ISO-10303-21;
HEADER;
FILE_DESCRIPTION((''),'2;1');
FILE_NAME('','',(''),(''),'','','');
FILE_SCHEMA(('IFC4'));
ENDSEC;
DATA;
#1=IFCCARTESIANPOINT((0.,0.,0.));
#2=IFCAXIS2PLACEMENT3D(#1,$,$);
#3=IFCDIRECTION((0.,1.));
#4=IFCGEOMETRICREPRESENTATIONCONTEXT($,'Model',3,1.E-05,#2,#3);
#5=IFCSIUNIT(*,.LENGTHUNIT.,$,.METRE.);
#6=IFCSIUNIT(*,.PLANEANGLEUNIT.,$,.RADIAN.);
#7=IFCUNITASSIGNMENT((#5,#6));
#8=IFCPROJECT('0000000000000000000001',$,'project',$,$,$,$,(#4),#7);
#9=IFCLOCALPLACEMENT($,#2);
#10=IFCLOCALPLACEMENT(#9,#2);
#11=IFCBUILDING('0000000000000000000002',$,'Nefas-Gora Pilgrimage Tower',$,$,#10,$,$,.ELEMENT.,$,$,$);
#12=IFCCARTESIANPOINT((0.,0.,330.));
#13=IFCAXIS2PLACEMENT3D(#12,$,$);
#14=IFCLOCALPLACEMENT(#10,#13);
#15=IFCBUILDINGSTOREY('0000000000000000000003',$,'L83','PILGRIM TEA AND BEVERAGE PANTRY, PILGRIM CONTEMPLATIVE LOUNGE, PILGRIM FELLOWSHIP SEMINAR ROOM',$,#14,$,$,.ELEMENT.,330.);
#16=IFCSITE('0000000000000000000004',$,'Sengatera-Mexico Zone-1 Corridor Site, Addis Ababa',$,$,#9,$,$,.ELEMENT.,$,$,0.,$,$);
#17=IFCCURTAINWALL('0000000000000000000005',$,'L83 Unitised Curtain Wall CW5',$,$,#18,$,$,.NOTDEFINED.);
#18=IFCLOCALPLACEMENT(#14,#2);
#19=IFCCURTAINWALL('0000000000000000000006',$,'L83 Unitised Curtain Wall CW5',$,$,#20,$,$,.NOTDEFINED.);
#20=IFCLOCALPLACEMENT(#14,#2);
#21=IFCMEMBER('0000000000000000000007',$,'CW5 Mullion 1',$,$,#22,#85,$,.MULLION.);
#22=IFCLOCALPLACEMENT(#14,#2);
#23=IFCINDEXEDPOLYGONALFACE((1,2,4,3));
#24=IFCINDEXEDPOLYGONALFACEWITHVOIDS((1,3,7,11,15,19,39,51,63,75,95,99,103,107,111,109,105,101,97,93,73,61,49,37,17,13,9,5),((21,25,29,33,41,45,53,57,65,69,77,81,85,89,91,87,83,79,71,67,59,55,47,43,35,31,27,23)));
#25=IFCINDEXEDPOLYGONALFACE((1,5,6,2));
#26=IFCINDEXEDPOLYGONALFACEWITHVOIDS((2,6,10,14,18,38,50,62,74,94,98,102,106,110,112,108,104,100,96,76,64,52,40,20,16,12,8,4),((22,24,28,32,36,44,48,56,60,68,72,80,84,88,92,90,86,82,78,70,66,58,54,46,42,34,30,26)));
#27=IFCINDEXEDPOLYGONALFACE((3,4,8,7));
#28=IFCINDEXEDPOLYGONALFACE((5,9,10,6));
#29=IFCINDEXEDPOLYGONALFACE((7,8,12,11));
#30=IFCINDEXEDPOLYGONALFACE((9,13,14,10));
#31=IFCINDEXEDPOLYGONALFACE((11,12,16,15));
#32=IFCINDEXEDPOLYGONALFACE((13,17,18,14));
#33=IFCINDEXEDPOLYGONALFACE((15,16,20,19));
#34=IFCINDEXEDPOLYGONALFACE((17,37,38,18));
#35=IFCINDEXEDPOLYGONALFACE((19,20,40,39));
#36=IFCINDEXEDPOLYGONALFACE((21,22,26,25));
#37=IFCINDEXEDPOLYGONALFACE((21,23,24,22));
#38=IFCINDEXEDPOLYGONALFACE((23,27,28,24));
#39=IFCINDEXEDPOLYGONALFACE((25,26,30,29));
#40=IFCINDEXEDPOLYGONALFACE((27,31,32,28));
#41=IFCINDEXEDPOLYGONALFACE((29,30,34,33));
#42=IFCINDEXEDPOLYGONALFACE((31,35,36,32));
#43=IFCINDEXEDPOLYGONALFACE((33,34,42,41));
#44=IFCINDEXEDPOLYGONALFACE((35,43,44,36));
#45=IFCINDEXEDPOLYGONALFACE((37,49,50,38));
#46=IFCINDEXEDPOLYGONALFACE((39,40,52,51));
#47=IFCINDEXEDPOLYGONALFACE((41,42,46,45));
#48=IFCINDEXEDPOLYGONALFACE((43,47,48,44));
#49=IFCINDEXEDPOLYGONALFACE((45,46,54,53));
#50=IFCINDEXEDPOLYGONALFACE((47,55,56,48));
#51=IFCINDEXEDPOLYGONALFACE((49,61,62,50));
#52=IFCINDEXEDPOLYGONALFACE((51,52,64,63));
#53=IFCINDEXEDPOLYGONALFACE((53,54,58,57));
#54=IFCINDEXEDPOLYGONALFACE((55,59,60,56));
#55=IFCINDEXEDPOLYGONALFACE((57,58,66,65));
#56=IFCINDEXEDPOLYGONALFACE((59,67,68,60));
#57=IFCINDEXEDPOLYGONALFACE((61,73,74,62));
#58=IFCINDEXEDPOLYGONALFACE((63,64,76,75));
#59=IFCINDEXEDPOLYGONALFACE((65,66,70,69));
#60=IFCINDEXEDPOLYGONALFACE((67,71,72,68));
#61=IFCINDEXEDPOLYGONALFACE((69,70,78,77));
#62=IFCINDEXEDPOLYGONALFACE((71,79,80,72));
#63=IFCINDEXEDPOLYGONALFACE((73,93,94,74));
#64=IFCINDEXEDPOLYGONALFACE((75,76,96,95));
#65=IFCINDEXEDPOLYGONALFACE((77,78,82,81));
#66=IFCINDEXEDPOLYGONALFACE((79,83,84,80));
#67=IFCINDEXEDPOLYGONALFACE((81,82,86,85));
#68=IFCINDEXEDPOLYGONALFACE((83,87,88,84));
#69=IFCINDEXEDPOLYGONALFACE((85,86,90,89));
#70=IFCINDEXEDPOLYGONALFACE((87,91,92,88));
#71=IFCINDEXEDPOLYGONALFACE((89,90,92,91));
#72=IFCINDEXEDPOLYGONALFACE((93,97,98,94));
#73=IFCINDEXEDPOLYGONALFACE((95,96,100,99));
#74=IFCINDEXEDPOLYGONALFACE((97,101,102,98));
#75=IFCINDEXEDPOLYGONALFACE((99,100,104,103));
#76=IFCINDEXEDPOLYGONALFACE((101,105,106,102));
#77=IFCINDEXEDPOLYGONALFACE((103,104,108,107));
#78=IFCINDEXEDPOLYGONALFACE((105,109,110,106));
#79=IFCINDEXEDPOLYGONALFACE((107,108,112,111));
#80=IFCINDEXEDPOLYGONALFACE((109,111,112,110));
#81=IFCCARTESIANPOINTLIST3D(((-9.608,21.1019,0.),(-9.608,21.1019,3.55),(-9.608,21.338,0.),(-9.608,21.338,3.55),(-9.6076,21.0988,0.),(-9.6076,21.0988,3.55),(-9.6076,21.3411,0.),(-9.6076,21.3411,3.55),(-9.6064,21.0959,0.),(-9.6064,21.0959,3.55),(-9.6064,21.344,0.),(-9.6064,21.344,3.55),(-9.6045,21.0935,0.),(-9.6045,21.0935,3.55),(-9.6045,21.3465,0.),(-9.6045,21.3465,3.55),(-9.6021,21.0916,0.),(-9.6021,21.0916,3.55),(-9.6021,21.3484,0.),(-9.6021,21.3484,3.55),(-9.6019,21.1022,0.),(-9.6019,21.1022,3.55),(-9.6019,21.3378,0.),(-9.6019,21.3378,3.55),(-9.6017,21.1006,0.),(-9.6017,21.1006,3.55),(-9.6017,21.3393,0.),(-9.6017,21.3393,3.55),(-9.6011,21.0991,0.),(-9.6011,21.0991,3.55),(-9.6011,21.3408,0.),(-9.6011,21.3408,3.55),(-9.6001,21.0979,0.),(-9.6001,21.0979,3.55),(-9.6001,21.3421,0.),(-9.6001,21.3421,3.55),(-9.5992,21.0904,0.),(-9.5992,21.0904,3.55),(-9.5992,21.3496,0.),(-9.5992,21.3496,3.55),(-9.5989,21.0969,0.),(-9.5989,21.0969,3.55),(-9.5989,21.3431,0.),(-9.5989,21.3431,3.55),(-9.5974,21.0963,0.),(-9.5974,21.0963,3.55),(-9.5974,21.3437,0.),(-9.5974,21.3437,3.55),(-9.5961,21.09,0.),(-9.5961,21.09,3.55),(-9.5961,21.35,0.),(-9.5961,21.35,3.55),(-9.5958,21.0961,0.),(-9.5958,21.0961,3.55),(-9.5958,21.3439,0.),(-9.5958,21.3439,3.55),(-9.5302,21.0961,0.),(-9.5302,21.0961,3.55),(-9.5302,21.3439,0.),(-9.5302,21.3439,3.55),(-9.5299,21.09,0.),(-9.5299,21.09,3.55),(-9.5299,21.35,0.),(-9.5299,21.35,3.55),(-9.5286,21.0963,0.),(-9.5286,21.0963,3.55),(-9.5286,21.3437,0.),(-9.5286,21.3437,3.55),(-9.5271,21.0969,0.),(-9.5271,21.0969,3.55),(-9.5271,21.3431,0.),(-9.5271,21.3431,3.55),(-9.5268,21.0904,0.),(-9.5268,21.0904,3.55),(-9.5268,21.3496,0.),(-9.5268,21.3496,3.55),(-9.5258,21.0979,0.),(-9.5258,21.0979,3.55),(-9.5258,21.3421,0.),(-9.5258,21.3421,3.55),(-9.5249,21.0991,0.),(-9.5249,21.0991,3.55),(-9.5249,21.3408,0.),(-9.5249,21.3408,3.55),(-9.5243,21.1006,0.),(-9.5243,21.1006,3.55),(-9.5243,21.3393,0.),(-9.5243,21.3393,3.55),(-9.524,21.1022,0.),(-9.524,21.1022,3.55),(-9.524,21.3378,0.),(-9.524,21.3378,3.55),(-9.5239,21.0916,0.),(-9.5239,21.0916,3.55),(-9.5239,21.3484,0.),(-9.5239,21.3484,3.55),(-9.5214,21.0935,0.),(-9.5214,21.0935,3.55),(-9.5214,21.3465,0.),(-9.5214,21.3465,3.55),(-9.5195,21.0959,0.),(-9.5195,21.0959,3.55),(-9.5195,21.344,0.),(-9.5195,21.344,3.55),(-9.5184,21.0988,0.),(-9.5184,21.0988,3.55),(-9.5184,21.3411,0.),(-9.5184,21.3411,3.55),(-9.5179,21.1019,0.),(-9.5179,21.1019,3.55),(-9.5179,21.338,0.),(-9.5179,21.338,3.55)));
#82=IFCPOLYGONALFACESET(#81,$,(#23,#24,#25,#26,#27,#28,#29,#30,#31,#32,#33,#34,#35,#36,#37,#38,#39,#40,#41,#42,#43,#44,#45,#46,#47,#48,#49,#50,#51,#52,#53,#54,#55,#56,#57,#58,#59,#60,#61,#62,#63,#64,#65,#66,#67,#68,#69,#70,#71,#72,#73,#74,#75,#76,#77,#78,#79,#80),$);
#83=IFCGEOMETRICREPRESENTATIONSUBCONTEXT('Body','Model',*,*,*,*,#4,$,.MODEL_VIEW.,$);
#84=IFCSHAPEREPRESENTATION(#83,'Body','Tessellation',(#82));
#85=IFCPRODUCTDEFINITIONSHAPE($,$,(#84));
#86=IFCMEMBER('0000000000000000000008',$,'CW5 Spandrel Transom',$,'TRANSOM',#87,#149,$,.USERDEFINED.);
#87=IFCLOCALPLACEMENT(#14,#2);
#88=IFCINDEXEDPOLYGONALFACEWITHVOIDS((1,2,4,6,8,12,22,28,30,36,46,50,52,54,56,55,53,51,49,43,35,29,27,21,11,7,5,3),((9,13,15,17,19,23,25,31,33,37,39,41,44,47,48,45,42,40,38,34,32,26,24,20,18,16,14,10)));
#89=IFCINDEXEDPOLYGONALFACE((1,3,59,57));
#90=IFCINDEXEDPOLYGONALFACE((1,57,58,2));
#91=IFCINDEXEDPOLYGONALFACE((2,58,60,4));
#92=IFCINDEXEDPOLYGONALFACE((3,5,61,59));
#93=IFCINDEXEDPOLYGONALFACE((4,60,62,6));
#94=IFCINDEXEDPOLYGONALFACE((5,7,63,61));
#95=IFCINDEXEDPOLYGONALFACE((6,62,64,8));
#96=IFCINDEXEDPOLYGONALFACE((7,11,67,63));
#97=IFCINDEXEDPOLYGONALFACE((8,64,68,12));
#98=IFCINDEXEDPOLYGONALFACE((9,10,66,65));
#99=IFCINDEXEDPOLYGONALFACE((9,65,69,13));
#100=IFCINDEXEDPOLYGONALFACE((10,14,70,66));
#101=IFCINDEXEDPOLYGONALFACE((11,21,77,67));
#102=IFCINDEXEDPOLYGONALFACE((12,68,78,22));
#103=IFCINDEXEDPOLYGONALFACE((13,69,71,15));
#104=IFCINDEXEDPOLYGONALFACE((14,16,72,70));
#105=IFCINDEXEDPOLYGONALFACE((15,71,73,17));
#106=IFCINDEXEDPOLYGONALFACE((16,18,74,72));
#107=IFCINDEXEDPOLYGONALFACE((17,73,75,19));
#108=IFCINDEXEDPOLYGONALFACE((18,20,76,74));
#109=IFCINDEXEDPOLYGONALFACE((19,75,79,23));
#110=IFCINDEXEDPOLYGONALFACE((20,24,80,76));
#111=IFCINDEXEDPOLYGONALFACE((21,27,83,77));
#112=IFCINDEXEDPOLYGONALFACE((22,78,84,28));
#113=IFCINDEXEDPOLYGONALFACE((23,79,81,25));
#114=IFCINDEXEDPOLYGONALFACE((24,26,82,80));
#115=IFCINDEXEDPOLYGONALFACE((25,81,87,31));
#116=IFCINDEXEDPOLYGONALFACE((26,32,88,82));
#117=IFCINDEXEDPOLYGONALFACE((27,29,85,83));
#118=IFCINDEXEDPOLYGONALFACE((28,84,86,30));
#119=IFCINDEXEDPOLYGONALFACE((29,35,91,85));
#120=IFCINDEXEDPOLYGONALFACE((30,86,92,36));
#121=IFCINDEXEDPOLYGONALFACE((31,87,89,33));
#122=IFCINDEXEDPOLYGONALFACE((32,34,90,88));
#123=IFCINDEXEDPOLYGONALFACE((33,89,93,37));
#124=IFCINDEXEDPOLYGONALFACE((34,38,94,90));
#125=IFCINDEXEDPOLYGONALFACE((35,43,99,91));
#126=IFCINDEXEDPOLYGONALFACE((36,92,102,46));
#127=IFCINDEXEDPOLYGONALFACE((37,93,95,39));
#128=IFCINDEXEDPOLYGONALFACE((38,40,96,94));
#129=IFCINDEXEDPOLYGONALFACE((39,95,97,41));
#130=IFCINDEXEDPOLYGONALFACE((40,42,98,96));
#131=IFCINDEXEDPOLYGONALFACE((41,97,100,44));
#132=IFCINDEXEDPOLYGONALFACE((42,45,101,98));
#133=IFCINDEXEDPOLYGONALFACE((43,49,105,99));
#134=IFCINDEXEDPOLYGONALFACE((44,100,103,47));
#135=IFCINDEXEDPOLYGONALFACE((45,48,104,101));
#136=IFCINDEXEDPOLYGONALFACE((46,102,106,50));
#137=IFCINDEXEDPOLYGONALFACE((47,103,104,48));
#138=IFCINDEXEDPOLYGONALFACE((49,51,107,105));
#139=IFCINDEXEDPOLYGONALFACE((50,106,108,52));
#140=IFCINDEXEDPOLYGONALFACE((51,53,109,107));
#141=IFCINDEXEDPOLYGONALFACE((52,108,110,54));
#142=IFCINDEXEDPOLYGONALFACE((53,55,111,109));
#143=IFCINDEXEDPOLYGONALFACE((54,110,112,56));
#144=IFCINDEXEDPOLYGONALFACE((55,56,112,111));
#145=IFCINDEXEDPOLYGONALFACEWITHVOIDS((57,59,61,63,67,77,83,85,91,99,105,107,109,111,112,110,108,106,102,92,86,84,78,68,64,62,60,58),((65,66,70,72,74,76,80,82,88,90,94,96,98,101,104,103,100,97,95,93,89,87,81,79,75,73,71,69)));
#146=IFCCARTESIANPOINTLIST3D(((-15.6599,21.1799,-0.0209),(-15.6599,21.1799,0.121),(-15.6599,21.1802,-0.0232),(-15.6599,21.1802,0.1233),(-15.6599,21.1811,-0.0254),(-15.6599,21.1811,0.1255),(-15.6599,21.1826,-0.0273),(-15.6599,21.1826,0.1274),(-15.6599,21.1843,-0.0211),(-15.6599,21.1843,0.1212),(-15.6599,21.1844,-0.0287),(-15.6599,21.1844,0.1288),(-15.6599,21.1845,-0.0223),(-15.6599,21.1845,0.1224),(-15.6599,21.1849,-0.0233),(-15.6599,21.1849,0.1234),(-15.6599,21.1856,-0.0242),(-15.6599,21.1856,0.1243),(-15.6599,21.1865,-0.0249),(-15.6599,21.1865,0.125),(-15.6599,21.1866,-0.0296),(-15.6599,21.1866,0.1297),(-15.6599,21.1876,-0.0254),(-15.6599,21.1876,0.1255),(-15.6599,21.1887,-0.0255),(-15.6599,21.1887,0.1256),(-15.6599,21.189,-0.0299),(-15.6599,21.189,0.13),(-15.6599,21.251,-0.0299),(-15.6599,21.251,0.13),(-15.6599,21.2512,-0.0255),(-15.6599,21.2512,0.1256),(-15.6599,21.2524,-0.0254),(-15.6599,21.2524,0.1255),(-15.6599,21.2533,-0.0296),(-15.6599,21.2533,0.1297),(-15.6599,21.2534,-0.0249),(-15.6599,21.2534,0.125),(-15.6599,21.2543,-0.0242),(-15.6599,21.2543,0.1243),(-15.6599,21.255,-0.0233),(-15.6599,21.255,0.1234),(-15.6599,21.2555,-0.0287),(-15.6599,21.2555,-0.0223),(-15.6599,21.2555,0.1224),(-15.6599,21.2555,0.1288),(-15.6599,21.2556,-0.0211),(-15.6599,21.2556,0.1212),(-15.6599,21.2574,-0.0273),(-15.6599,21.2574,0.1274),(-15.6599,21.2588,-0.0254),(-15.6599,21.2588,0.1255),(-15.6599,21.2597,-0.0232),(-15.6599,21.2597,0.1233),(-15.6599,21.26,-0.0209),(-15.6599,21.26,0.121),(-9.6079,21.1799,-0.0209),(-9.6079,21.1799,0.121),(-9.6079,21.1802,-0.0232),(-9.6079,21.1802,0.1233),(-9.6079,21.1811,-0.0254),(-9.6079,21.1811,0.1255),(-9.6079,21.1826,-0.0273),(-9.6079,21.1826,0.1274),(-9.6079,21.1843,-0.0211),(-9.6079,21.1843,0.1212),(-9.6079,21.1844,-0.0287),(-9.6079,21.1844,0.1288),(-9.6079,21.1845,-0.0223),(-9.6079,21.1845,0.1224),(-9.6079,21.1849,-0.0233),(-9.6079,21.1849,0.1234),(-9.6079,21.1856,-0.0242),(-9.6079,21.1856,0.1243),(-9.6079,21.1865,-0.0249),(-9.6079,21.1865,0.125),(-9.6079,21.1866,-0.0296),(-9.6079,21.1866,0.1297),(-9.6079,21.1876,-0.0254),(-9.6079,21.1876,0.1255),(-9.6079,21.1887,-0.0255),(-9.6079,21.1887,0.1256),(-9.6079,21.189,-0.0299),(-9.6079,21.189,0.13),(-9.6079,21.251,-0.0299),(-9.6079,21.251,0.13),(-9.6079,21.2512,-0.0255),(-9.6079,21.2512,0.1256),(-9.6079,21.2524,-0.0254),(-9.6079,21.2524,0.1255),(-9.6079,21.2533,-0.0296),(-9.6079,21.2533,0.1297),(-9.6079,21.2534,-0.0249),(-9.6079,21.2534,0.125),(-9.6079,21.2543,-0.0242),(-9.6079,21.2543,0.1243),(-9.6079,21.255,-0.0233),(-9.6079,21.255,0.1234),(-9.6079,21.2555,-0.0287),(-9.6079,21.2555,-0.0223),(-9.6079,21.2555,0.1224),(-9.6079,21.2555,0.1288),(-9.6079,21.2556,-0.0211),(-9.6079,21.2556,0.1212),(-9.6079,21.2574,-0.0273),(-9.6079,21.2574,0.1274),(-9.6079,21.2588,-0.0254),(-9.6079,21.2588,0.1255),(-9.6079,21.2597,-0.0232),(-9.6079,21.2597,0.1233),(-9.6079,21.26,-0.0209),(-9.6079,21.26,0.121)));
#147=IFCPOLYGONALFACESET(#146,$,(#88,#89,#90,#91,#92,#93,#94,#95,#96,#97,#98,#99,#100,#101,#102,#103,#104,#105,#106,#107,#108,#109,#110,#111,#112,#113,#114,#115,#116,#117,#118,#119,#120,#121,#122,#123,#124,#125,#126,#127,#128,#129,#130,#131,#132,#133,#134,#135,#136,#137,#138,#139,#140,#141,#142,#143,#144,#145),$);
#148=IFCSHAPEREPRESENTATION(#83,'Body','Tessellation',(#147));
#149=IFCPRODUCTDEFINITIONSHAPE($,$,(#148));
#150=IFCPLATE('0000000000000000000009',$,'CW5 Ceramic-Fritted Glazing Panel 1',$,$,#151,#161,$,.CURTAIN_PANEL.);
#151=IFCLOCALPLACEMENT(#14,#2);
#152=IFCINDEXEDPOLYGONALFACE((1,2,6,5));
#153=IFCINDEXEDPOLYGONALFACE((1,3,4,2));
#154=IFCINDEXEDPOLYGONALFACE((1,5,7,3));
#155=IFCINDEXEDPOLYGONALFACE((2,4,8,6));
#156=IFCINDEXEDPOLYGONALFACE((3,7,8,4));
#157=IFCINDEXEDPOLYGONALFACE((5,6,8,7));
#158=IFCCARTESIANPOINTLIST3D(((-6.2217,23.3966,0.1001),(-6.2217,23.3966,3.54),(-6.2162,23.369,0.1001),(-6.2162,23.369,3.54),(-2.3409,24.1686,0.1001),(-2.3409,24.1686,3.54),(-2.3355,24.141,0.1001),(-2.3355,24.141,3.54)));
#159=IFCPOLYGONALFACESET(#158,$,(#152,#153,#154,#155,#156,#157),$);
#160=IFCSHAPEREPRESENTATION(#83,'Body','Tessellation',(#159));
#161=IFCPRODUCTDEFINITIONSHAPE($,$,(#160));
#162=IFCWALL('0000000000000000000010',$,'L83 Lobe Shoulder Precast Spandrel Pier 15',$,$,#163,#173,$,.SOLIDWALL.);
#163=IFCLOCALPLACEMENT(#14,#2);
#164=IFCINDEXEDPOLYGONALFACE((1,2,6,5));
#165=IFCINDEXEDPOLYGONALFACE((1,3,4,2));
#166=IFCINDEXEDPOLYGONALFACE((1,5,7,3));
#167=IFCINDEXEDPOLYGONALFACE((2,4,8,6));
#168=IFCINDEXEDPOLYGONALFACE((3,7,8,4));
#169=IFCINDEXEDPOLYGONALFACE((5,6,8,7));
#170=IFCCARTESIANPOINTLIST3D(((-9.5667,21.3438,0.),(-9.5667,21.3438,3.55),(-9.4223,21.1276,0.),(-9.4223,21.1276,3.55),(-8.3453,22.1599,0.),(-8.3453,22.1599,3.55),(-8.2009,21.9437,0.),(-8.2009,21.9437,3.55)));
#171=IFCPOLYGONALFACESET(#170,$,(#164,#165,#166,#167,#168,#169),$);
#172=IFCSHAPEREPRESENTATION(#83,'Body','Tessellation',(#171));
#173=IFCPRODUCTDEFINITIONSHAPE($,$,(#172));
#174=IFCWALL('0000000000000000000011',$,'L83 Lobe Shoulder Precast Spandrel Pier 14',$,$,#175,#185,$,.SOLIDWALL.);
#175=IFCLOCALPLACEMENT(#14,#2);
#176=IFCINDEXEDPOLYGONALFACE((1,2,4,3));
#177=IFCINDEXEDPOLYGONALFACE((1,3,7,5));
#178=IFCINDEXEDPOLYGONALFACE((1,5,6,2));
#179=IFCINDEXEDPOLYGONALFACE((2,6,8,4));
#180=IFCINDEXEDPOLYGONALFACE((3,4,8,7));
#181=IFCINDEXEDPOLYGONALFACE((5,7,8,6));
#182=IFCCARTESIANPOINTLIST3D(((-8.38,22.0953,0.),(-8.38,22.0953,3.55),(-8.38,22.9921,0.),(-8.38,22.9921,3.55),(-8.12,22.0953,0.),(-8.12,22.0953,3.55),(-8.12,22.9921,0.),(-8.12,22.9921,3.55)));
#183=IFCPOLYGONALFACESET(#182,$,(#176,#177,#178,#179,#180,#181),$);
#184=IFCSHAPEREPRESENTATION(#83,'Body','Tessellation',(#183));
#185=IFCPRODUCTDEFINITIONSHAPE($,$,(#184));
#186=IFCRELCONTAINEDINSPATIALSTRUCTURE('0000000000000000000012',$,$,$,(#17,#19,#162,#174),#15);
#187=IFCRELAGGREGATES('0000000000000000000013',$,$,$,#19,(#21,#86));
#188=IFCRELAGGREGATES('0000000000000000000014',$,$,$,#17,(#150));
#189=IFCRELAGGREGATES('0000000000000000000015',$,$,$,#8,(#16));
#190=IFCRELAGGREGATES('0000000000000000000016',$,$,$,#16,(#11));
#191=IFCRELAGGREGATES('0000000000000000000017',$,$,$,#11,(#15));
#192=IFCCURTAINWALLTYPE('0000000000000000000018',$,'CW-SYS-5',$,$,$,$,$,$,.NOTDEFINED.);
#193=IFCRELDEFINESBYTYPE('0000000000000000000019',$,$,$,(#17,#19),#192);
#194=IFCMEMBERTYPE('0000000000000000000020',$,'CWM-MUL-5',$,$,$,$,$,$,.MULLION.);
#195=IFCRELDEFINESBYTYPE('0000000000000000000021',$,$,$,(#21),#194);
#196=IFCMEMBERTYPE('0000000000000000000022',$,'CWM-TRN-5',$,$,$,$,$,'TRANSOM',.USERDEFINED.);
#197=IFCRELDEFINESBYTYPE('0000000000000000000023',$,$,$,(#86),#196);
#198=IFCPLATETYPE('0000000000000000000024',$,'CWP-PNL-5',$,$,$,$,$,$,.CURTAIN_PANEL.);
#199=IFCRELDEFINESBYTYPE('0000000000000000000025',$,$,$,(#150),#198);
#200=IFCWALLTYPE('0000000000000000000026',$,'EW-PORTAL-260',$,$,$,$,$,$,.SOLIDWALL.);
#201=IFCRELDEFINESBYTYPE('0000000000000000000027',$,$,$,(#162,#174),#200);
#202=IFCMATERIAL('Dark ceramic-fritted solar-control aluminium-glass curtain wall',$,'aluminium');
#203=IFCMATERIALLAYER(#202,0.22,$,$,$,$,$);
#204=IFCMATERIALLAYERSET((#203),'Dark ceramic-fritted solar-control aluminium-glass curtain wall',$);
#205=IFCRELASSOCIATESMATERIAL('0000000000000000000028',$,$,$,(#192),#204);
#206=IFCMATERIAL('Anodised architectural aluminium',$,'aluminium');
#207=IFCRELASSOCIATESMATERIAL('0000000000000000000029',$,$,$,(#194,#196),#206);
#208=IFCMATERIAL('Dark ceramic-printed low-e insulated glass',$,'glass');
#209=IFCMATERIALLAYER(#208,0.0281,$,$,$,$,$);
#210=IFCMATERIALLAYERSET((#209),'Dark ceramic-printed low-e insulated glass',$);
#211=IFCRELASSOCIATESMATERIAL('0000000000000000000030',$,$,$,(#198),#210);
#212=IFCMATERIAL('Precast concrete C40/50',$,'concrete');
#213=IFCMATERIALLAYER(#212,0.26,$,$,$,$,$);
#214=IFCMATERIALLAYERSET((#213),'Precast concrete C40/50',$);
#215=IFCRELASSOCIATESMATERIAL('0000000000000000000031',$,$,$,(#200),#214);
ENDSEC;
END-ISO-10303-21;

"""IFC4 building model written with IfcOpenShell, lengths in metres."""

from ifc_helpers import new_model, si_unit, direction, frame, frame_2d, origin, origin_2d, place, context, subcontext, project, spatial, rectangle, hollow_rectangle, extrude, source, transform, mapped, material, layer, layer_set, material_profile, profile_set, type_object, element, aggregate, save


model = new_model("IFC4")

# Units and contexts
model_context = context("Model", 3, precision=1e-05, world=origin(), true_north=direction((0.0, 1.0)))
body_context = subcontext(model_context, "Body", "Model", "MODEL_VIEW")
ifc_project = project(units=[si_unit("LENGTHUNIT", "METRE"), si_unit("PLANEANGLEUNIT", "RADIAN")], contexts=[model_context])

# Site, building, storey
site_placement = place(None, origin())
site = spatial("IfcSite", under=ifc_project, at=site_placement, Name="Sengatera-Mexico Zone-1 Corridor Site, Addis Ababa", CompositionType="ELEMENT", RefElevation=0.0)
building_placement = place(site_placement, origin())
building = spatial("IfcBuilding", under=site, at=building_placement, Name="Nefas-Gora Pilgrimage Tower", CompositionType="ELEMENT")
storey_placement = place(building_placement, frame((0.0, 0.0, 330.0)))
storey = spatial("IfcBuildingStorey", under=building, at=storey_placement, Name="L83", Description="PILGRIM TEA AND BEVERAGE PANTRY, PILGRIM CONTEMPLATIVE LOUNGE, PILGRIM FELLOWSHIP SEMINAR ROOM", CompositionType="ELEMENT", Elevation=330.0)

# Curtain wall
ifc_material_1 = material(Name="Dark ceramic-fritted solar-control aluminium-glass curtain wall", Category="aluminium")
ifc_layer_1 = layer(ifc_material_1, 0.22)
ifc_layer_set_1 = layer_set([ifc_layer_1], Name="Dark ceramic-fritted solar-control aluminium-glass curtain wall")
curtain_wall_type = type_object("IfcCurtainWallType", Name="CW-SYS-5", PredefinedType="NOTDEFINED", material=ifc_layer_set_1)
curtain_wall_1_placement = place(storey_placement, origin())
curtain_wall_1 = element("IfcCurtainWall", 1, at=curtain_wall_1_placement, inside=storey, type_object=curtain_wall_type, Name="L83 Unitised Curtain Wall CW5", PredefinedType="NOTDEFINED")
ifc_material_2 = material(Name="Anodised architectural aluminium", Category="aluminium")
ifc_material_profile_1 = material_profile(ifc_material_2, hollow_rectangle(XDim=0.0901, YDim=0.26, WallThickness=0.0061, InnerFilletRadius=0.0061, OuterFilletRadius=0.012, at=origin_2d()), Name="ALU MULLION 90x260")
ifc_profile_set_1 = profile_set([ifc_material_profile_1], Name="Anodised architectural aluminium")
member_type_1 = type_object("IfcMemberType", Name="CWM-MUL-5", PredefinedType="MULLION", material=ifc_profile_set_1)
shared_shape_1 = source(origin(), body_context, "Body", "SweptSolid", [
    extrude(hollow_rectangle(XDim=0.0901, YDim=0.26, WallThickness=0.0061, InnerFilletRadius=0.0061, OuterFilletRadius=0.012, at=origin_2d()), origin(), (0.0, 0.0, 1.0), 3.55),
])

# Curtain wall, members
curtain_wall_2_placement = place(storey_placement, origin())
curtain_wall_2 = element("IfcCurtainWall", 2, at=curtain_wall_2_placement, inside=storey, type_object=curtain_wall_type, Name="L83 Unitised Curtain Wall CW5", PredefinedType="NOTDEFINED")
member_1_placement = place(storey_placement, frame((-9.563, 21.22, 0.0), z_axis=(0.0, 0.0, 1.0), x_axis=(-1.0, 0.0, 0.0)))
member_1 = element("IfcMember", 3, at=member_1_placement, type_object=member_type_1, Name="CW5 Mullion 1", PredefinedType="MULLION", context=body_context, shape_type="MappedRepresentation", body=[
    mapped(shared_shape_1, transform((0.0, 0.0, 0.0), x_axis=(1.0, 0.0, 0.0), y_axis=(0.0, 1.0, 0.0), z_axis=(0.0, 0.0, 1.0), scale=1.0)),
])
ifc_material_profile_2 = material_profile(ifc_material_2, hollow_rectangle(XDim=0.0801, YDim=0.1599, WallThickness=0.0044, InnerFilletRadius=0.0044, OuterFilletRadius=0.009, at=origin_2d()), Name="ALU TRANSOM 80x160")
ifc_profile_set_2 = profile_set([ifc_material_profile_2], Name="Anodised architectural aluminium")
member_type_2 = type_object("IfcMemberType", Name="CWM-TRN-5", ElementType="TRANSOM", PredefinedType="USERDEFINED", material=ifc_profile_set_2)
shared_shape_2 = source(origin(), body_context, "Body", "SweptSolid", [
    extrude(hollow_rectangle(XDim=0.0801, YDim=0.1599, WallThickness=0.0044, InnerFilletRadius=0.0044, OuterFilletRadius=0.009, at=origin_2d()), origin(), (0.0, 0.0, 1.0), 6.052),
])
member_2_placement = place(storey_placement, frame((-9.6079, 21.22, 0.05), z_axis=(-1.0, 0.0, 0.0), x_axis=(0.0, -1.0, 0.0)))
member_2 = element("IfcMember", 4, at=member_2_placement, type_object=member_type_2, Name="CW5 Spandrel Transom", ObjectType="TRANSOM", PredefinedType="USERDEFINED", context=body_context, shape_type="MappedRepresentation", body=[
    mapped(shared_shape_2, transform((0.0, 0.0, 0.0), x_axis=(1.0, 0.0, 0.0), y_axis=(0.0, 1.0, 0.0), z_axis=(0.0, 0.0, 1.0), scale=1.0)),
])
aggregate(curtain_wall_2, [member_1, member_2])

# Plate
ifc_material_3 = material(Name="Dark ceramic-printed low-e insulated glass", Category="glass")
ifc_layer_2 = layer(ifc_material_3, 0.0281)
ifc_layer_set_2 = layer_set([ifc_layer_2], Name="Dark ceramic-printed low-e insulated glass")
plate_type = type_object("IfcPlateType", Name="CWP-PNL-5", PredefinedType="CURTAIN_PANEL", material=ifc_layer_set_2)
shared_shape_3 = source(origin(), body_context, "Body", "SweptSolid", [
    extrude(rectangle(XDim=3.9568, YDim=0.0281, at=origin_2d()), origin(), (0.0, 0.0, 1.0), 3.4399),
])
plate_placement = place(storey_placement, frame((-4.2786, 23.7688, 0.1001), z_axis=(0.0, 0.0, 1.0), x_axis=(-0.980783, -0.195102, 0.0)))
plate = element("IfcPlate", 5, at=plate_placement, type_object=plate_type, Name="CW5 Ceramic-Fritted Glazing Panel 1", PredefinedType="CURTAIN_PANEL", context=body_context, shape_type="MappedRepresentation", body=[
    mapped(shared_shape_3, transform((0.0, 0.0, 0.0), x_axis=(1.0, 0.0, 0.0), y_axis=(0.0, 1.0, 0.0), z_axis=(0.0, 0.0, 1.0), scale=1.0)),
])
aggregate(curtain_wall_1, [plate])

# Walls
ifc_material_4 = material(Name="Precast concrete C40/50", Category="concrete")
ifc_layer_3 = layer(ifc_material_4, 0.26)
ifc_layer_set_3 = layer_set([ifc_layer_3], Name="Precast concrete C40/50")
wall_type_1 = type_object("IfcWallType", Name="EW-PORTAL-260", PredefinedType="SOLIDWALL", material=ifc_layer_set_3)
shared_shape_4 = source(origin(), body_context, "Body", "SweptSolid", [
    extrude(rectangle(XDim=1.469, YDim=0.26, at=frame_2d((0.7344, 0.0))), origin(), (0.0, 0.0, 1.0), 3.55),
])
wall_1_placement = place(storey_placement, frame((-8.2732, 22.0518, 0.0), z_axis=(0.0, 0.0, 1.0), x_axis=(-0.831462, -0.555582, 0.0)))
element("IfcWall", 6, at=wall_1_placement, inside=storey, type_object=wall_type_1, Name="L83 Lobe Shoulder Precast Spandrel Pier 15", PredefinedType="SOLIDWALL", context=body_context, shape_type="MappedRepresentation", body=[
    mapped(shared_shape_4, transform((0.0, 0.0, 0.0), x_axis=(1.0, 0.0, 0.0), y_axis=(0.0, 1.0, 0.0), z_axis=(0.0, 0.0, 1.0), scale=1.0)),
])
shared_shape_5 = source(origin(), body_context, "Body", "SweptSolid", [
    extrude(rectangle(XDim=0.8967, YDim=0.26, at=frame_2d((0.4482, 0.0))), origin(), (0.0, 0.0, 1.0), 3.55),
])
wall_2_placement = place(storey_placement, frame((-8.25, 22.9919, 0.0), z_axis=(0.0, 0.0, 1.0), x_axis=(0.0, -1.0, 0.0)))
element("IfcWall", 7, at=wall_2_placement, inside=storey, type_object=wall_type_1, Name="L83 Lobe Shoulder Precast Spandrel Pier 14", PredefinedType="SOLIDWALL", context=body_context, shape_type="MappedRepresentation", body=[
    mapped(shared_shape_5, transform((0.0, 0.0, 0.0), x_axis=(1.0, 0.0, 0.0), y_axis=(0.0, 1.0, 0.0), z_axis=(0.0, 0.0, 1.0), scale=1.0)),
])

save(model, "model.ifc")
